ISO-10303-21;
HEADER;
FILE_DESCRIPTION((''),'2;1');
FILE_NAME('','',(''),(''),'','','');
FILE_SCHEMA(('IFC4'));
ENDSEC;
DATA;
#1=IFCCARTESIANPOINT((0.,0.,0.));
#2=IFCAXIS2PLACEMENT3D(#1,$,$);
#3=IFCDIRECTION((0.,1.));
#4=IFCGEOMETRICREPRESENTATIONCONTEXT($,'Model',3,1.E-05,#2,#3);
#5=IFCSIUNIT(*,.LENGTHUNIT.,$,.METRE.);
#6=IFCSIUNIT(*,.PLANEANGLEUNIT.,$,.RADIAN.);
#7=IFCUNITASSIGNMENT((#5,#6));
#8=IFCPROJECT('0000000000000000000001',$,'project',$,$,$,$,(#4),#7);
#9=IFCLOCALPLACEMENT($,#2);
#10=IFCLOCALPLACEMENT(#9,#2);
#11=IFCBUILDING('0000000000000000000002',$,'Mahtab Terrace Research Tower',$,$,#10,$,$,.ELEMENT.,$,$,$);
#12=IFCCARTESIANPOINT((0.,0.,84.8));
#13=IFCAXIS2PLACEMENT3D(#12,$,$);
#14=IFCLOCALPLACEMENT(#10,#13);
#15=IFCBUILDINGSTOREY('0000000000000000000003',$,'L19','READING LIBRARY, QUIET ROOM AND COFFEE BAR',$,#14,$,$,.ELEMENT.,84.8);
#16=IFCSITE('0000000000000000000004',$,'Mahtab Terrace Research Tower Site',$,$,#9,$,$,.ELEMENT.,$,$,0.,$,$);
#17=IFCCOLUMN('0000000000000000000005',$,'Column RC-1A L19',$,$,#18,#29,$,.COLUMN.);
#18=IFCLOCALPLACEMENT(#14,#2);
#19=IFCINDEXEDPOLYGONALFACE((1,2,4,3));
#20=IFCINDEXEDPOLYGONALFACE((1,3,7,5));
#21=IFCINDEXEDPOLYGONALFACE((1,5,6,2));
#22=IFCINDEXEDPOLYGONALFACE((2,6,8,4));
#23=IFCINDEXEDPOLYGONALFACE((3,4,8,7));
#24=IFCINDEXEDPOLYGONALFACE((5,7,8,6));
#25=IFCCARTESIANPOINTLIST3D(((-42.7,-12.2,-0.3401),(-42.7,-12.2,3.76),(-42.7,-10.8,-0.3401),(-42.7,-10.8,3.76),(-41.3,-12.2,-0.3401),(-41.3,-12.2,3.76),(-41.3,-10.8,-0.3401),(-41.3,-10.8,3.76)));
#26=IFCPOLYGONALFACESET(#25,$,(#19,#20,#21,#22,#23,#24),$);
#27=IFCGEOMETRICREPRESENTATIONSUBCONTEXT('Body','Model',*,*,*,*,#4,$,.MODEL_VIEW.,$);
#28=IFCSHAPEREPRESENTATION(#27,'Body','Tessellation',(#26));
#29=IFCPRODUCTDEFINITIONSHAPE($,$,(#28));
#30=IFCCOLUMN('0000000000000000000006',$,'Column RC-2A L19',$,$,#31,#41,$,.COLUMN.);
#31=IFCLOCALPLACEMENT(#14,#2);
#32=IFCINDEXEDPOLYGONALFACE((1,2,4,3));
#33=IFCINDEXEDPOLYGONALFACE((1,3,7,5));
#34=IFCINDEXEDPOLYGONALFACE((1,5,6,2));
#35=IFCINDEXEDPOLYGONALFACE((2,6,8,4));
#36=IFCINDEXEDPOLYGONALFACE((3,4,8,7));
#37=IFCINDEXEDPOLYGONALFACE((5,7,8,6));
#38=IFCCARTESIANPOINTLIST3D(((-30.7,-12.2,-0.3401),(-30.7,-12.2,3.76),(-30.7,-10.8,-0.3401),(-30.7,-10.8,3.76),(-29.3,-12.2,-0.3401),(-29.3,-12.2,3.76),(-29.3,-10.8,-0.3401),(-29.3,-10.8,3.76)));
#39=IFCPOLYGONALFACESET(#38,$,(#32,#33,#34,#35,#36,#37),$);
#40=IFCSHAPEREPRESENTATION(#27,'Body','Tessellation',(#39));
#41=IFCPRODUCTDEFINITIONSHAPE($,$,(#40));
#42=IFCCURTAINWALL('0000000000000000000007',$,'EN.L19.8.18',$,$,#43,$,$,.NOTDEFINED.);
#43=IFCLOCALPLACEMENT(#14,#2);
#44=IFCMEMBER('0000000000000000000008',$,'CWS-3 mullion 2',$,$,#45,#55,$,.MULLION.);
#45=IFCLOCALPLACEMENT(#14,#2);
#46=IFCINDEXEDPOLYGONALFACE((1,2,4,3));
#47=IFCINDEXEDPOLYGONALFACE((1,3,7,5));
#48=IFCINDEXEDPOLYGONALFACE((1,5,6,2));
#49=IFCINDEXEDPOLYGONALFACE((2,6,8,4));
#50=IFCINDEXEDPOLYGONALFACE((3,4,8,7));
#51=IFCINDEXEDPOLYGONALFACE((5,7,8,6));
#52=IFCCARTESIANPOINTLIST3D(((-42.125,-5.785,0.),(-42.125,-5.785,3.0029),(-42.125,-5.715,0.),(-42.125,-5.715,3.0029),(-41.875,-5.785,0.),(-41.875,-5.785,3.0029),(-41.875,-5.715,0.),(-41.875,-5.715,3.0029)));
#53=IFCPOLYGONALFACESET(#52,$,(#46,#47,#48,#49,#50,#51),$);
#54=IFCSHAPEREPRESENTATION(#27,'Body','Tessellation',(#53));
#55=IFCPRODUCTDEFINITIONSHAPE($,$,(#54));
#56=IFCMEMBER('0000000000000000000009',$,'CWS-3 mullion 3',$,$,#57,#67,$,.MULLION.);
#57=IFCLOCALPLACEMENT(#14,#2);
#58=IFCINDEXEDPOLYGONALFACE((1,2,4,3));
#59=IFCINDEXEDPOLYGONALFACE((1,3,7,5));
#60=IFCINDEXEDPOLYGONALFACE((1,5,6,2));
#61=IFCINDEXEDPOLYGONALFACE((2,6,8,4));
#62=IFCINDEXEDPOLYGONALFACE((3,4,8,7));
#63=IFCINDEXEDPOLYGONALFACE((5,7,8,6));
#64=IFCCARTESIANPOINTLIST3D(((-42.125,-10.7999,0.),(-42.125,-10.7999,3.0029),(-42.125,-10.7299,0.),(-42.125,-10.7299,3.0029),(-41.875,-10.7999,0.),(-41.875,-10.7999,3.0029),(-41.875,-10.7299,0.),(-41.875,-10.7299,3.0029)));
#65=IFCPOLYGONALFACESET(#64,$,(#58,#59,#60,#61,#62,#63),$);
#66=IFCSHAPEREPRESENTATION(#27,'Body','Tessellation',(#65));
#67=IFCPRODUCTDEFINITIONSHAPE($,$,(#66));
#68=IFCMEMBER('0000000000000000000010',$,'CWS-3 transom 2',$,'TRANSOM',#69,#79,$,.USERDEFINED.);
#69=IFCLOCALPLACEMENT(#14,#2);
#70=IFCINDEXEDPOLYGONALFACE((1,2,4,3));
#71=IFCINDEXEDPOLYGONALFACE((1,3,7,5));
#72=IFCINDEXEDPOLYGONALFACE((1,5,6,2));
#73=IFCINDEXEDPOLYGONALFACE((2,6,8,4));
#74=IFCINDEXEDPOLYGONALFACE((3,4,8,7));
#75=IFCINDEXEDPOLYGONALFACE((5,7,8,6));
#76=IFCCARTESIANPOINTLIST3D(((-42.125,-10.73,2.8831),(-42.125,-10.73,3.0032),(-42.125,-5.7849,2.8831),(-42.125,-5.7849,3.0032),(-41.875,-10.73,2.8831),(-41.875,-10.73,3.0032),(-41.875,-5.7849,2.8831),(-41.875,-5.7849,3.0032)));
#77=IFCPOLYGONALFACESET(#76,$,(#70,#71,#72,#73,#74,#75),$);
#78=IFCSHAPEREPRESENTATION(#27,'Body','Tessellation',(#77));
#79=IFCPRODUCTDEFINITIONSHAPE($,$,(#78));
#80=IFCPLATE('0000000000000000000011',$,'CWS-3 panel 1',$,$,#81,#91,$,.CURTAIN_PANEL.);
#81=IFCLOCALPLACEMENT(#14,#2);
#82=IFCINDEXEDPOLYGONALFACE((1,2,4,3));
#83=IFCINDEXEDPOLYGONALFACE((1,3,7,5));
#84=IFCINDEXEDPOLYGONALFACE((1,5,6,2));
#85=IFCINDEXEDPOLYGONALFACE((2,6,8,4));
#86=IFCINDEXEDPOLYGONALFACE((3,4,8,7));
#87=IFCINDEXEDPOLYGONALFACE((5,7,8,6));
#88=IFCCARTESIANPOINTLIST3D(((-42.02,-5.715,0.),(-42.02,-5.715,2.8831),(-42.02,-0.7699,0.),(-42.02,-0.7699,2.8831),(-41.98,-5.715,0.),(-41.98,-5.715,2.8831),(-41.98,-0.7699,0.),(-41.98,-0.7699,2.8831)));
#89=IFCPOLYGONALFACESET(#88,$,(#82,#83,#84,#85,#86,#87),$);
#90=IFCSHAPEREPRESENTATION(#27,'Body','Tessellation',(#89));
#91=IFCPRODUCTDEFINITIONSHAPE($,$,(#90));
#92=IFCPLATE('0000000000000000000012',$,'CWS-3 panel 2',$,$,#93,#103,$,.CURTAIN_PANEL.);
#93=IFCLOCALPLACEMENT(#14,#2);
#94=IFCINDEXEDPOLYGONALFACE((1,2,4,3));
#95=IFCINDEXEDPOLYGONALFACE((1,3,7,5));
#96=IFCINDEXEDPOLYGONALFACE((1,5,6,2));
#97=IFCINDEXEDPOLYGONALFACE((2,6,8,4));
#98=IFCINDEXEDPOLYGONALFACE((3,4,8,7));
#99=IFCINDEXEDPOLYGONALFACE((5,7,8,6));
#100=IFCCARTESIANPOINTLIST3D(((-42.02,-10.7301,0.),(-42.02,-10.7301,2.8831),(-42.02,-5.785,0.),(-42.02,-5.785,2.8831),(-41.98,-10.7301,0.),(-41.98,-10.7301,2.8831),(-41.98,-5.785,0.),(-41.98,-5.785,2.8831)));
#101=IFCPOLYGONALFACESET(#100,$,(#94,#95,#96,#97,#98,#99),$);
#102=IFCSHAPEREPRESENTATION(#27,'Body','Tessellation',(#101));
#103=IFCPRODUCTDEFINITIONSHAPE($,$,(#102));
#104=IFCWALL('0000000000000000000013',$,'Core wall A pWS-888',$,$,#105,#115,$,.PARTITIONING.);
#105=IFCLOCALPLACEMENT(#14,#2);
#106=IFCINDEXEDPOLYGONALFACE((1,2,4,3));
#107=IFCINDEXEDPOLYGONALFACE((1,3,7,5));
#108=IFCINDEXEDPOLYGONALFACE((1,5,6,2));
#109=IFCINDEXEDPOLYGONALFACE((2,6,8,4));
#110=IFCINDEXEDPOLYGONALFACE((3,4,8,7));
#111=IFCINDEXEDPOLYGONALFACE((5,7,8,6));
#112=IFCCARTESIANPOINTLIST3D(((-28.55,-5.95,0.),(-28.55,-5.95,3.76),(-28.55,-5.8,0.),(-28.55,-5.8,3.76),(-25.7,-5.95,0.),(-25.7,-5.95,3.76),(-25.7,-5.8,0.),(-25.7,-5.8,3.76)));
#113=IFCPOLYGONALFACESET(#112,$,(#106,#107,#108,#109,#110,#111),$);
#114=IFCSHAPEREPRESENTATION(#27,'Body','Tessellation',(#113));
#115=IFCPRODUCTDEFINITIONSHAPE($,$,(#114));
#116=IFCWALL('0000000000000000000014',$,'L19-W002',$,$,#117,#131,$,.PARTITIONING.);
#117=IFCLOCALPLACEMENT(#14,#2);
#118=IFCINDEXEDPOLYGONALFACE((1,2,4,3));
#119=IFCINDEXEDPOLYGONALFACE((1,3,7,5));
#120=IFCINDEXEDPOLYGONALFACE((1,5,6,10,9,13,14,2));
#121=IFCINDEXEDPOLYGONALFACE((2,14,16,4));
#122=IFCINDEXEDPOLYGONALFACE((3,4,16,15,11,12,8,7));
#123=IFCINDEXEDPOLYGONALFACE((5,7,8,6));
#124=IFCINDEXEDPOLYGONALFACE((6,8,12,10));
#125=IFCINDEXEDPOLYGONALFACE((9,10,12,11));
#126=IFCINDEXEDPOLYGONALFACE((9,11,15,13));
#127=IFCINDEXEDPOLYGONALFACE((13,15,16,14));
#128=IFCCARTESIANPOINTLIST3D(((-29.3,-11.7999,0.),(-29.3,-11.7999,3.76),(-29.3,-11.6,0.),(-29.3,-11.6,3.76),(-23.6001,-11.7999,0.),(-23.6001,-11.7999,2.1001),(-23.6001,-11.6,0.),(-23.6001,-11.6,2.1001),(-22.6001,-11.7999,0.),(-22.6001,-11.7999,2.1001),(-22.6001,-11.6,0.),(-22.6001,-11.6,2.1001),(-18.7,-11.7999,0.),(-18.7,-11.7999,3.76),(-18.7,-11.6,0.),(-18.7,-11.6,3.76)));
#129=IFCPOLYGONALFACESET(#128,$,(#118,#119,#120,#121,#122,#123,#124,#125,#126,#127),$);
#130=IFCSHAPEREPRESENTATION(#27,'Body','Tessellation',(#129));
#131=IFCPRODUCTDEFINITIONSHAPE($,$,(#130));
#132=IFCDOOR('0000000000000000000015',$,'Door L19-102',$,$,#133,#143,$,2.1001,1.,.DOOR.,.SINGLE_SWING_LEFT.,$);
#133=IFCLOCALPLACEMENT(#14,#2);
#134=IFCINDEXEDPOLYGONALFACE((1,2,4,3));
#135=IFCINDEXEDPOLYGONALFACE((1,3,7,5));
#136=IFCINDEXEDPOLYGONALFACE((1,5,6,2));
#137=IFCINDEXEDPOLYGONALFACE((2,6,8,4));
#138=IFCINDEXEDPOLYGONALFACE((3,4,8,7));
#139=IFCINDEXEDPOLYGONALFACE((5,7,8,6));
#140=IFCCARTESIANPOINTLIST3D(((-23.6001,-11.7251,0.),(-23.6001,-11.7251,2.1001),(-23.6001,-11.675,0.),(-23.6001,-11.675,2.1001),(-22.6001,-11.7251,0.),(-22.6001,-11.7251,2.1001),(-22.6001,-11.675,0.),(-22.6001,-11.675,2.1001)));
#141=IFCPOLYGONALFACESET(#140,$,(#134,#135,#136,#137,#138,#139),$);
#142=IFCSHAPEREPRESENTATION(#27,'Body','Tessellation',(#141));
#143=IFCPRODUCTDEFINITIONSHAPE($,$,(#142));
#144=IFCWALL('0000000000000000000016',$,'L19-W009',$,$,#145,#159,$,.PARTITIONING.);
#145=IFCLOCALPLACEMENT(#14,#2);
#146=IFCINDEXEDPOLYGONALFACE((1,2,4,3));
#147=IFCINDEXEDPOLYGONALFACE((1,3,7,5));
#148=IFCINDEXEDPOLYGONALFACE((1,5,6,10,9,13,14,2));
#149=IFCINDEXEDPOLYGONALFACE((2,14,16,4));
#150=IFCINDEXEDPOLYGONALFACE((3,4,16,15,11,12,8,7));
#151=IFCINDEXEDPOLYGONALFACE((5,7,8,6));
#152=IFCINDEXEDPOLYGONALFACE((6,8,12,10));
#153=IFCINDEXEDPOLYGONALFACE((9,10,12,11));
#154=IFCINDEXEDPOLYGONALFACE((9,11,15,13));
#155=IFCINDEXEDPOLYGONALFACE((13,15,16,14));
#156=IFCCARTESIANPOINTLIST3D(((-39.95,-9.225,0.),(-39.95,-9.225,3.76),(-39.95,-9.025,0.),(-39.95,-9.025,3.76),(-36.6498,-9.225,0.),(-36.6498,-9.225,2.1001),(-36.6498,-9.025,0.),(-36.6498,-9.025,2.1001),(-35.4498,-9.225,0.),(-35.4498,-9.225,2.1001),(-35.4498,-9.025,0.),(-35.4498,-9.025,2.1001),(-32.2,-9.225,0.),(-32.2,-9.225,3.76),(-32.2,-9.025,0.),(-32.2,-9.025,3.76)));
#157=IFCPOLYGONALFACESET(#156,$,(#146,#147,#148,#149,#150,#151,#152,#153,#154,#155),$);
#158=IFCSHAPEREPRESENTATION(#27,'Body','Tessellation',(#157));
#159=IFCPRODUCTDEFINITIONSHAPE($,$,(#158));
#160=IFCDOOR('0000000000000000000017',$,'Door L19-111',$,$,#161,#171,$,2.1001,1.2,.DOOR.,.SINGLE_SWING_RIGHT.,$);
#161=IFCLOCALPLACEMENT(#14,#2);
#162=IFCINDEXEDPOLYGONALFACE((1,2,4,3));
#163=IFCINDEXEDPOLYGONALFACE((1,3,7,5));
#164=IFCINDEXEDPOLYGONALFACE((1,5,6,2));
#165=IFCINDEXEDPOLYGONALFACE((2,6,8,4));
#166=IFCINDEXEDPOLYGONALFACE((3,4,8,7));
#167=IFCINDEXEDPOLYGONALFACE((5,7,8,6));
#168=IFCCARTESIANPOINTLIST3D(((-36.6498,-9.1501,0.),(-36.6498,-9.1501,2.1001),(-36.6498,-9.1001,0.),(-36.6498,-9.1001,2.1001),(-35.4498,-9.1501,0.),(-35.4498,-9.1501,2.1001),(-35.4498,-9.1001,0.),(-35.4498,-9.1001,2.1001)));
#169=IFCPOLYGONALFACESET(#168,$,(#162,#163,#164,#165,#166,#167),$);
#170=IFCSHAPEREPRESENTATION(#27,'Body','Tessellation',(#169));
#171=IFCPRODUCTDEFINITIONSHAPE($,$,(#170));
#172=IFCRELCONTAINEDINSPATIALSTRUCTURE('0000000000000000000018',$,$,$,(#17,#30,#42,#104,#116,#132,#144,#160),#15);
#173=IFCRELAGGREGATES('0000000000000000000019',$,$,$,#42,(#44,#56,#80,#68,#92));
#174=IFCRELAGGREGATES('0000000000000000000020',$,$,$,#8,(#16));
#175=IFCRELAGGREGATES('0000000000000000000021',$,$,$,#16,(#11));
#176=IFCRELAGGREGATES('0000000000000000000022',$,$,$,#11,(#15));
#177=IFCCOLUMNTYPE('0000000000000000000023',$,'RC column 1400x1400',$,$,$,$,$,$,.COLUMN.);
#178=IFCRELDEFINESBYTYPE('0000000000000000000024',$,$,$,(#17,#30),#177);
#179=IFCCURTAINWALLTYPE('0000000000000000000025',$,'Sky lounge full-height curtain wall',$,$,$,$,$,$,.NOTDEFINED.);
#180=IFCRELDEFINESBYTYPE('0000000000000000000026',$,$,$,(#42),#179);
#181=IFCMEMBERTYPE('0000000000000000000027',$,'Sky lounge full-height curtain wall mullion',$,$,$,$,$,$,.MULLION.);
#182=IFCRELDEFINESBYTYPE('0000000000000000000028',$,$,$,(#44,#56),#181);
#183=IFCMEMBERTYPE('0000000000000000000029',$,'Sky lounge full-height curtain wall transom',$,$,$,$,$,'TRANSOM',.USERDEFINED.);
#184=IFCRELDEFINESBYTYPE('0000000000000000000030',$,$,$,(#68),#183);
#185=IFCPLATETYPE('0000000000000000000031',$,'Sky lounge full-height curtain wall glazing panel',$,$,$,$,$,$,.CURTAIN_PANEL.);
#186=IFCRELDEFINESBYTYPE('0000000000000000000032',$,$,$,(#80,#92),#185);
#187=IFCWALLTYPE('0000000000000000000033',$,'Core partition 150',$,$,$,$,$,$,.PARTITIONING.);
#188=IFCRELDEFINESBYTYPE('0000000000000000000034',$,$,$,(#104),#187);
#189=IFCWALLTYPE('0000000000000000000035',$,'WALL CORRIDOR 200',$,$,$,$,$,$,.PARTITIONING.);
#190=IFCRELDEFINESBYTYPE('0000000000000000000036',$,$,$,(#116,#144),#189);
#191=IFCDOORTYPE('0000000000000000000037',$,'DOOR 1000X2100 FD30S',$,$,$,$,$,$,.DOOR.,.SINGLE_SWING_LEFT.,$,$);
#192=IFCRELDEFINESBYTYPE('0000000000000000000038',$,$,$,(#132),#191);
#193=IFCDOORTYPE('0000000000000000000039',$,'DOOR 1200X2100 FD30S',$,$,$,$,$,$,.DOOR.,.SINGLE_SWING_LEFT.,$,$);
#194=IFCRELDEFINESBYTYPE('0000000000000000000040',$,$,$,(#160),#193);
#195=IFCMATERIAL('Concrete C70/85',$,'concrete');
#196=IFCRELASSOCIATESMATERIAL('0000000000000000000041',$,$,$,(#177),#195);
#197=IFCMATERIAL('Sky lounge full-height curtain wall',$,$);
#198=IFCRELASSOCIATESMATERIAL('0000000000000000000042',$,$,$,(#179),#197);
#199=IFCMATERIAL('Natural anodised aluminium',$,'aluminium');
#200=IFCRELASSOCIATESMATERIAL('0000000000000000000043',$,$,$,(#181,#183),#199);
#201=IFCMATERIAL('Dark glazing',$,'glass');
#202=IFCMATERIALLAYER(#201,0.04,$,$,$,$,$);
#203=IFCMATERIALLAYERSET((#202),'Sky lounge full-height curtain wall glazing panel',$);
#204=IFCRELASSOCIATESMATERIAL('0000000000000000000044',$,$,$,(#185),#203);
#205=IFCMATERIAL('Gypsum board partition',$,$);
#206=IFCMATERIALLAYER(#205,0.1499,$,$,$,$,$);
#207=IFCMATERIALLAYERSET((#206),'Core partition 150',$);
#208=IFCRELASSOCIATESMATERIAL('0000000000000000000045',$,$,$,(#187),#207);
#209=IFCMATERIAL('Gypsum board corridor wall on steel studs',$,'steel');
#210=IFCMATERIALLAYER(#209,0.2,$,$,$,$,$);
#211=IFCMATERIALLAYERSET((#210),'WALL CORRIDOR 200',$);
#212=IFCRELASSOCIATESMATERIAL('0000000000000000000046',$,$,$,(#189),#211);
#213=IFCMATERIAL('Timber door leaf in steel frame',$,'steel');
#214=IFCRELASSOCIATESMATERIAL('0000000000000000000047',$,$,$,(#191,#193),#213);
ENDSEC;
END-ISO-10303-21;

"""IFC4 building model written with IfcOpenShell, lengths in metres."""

from ifc_helpers import new_model, si_unit, direction, frame, frame_2d, origin, origin_2d, place, context, subcontext, project, spatial, rectangle, extrude, material, layer, layer_set, material_profile, profile_set, type_object, element, fill, aggregate, save


model = new_model("IFC4")

# Units and contexts
model_context = context("Model", 3, precision=1e-05, world=origin(), true_north=direction((0.0, 1.0)))
body_context = subcontext(model_context, "Body", "Model", "MODEL_VIEW")
ifc_project = project(units=[si_unit("LENGTHUNIT", "METRE"), si_unit("PLANEANGLEUNIT", "RADIAN")], contexts=[model_context])

# Site, building, storey
site_placement = place(None, origin())
site = spatial("IfcSite", under=ifc_project, at=site_placement, Name="Mahtab Terrace Research Tower Site", CompositionType="ELEMENT", RefElevation=0.0)
building_placement = place(site_placement, origin())
building = spatial("IfcBuilding", under=site, at=building_placement, Name="Mahtab Terrace Research Tower", CompositionType="ELEMENT")
storey_placement = place(building_placement, frame((0.0, 0.0, 84.8)))
storey = spatial("IfcBuildingStorey", under=building, at=storey_placement, Name="L19", Description="READING LIBRARY, QUIET ROOM AND COFFEE BAR", CompositionType="ELEMENT", Elevation=84.8)

# Columns
ifc_material_1 = material(Name="Concrete C70/85", Category="concrete")
ifc_material_profile_1 = material_profile(ifc_material_1, rectangle(XDim=1.3999, YDim=1.3999, at=origin_2d()), Name="RC column 1400x1400")
ifc_profile_set_1 = profile_set([ifc_material_profile_1], Name="Concrete C70/85")
column_type = type_object("IfcColumnType", Name="RC column 1400x1400", PredefinedType="COLUMN", material=ifc_profile_set_1)
for number, where, z_axis, x_axis, name in (
    (1, (-42.0, -11.5, -0.3401), (0.0, 0.0, 1.0), (1.0, 0.0, 0.0), "Column RC-1A L19"),
    (2, (-30.0, -11.5, -0.3401), (0.0, 0.0, 1.0), (1.0, 0.0, 0.0), "Column RC-2A L19"),
):
    element("IfcColumn", number, at=place(storey_placement, frame(where, z_axis=z_axis, x_axis=x_axis)), inside=storey, type_object=column_type, Name=name, PredefinedType="COLUMN", context=body_context, shape_type="SweptSolid", body=[
        extrude(rectangle(XDim=1.3999, YDim=1.3999, at=origin_2d()), origin(), (0.0, 0.0, 1.0), 4.1001),
    ])

# Curtain wall, members, plates
ifc_material_2 = material(Name="Sky lounge full-height curtain wall")
curtain_wall_type = type_object("IfcCurtainWallType", Name="Sky lounge full-height curtain wall", PredefinedType="NOTDEFINED", material=ifc_material_2)
curtain_wall_placement = place(storey_placement, origin())
curtain_wall = element("IfcCurtainWall", 3, at=curtain_wall_placement, inside=storey, type_object=curtain_wall_type, Name="EN.L19.8.18", PredefinedType="NOTDEFINED")
ifc_material_3 = material(Name="Natural anodised aluminium", Category="aluminium")
ifc_material_profile_2 = material_profile(ifc_material_3, rectangle(XDim=0.25, YDim=0.0701, at=origin_2d()), Name="MULLION 70x250")
ifc_profile_set_2 = profile_set([ifc_material_profile_2], Name="Natural anodised aluminium")
member_type_1 = type_object("IfcMemberType", Name="Sky lounge full-height curtain wall mullion", PredefinedType="MULLION", material=ifc_profile_set_2)
member_1_placement = place(storey_placement, frame((-42.0, -5.75, 0.0), z_axis=(0.0, 0.0, 1.0), x_axis=(1.0, 0.0, 0.0)))
member_1 = element("IfcMember", 4, at=member_1_placement, type_object=member_type_1, Name="CWS-3 mullion 2", PredefinedType="MULLION", context=body_context, shape_type="SweptSolid", body=[
    extrude(rectangle(XDim=0.25, YDim=0.0701, at=origin_2d()), origin(), (0.0, 0.0, 1.0), 3.0029),
])
member_2_placement = place(storey_placement, frame((-42.0, -10.7649, 0.0), z_axis=(0.0, 0.0, 1.0), x_axis=(1.0, 0.0, 0.0)))
member_2 = element("IfcMember", 5, at=member_2_placement, type_object=member_type_1, Name="CWS-3 mullion 3", PredefinedType="MULLION", context=body_context, shape_type="SweptSolid", body=[
    extrude(rectangle(XDim=0.25, YDim=0.0701, at=origin_2d()), origin(), (0.0, 0.0, 1.0), 3.0029),
])
ifc_material_profile_3 = material_profile(ifc_material_3, rectangle(XDim=0.25, YDim=0.1201, at=origin_2d()), Name="TRANSOM 120x250")
ifc_profile_set_3 = profile_set([ifc_material_profile_3], Name="Natural anodised aluminium")
member_type_2 = type_object("IfcMemberType", Name="Sky lounge full-height curtain wall transom", ElementType="TRANSOM", PredefinedType="USERDEFINED", material=ifc_profile_set_3)
member_3_placement = place(storey_placement, frame((-42.0, -5.7849, 2.9431), z_axis=(0.0, -1.0, 0.0), x_axis=(1.0, 0.0, 0.0)))
member_3 = element("IfcMember", 6, at=member_3_placement, type_object=member_type_2, Name="CWS-3 transom 2", ObjectType="TRANSOM", PredefinedType="USERDEFINED", context=body_context, shape_type="SweptSolid", body=[
    extrude(rectangle(XDim=0.25, YDim=0.1201, at=origin_2d()), origin(), (0.0, 0.0, 1.0), 4.9451),
])
ifc_material_4 = material(Name="Dark glazing", Category="glass")
ifc_layer_1 = layer(ifc_material_4, 0.04)
ifc_layer_set_1 = layer_set([ifc_layer_1], Name="Sky lounge full-height curtain wall glazing panel")
plate_type = type_object("IfcPlateType", Name="Sky lounge full-height curtain wall glazing panel", PredefinedType="CURTAIN_PANEL", material=ifc_layer_set_1)
plate_1_placement = place(storey_placement, frame((-42.0, -3.2424, 0.0), z_axis=(0.0, 0.0, 1.0), x_axis=(0.0, -1.0, 0.0)))
plate_1 = element("IfcPlate", 7, at=plate_1_placement, type_object=plate_type, Name="CWS-3 panel 1", PredefinedType="CURTAIN_PANEL", context=body_context, shape_type="SweptSolid", body=[
    extrude(rectangle(XDim=4.9451, YDim=0.04, at=origin_2d()), origin(), (0.0, 0.0, 1.0), 2.8831),
])
plate_2_placement = place(storey_placement, frame((-42.0, -8.2576, 0.0), z_axis=(0.0, 0.0, 1.0), x_axis=(0.0, -1.0, 0.0)))
plate_2 = element("IfcPlate", 8, at=plate_2_placement, type_object=plate_type, Name="CWS-3 panel 2", PredefinedType="CURTAIN_PANEL", context=body_context, shape_type="SweptSolid", body=[
    extrude(rectangle(XDim=4.9451, YDim=0.04, at=origin_2d()), origin(), (0.0, 0.0, 1.0), 2.8831),
])
aggregate(curtain_wall, [member_1, member_2, plate_1, member_3, plate_2])

# Wall
ifc_material_5 = material(Name="Gypsum board partition")
ifc_layer_2 = layer(ifc_material_5, 0.1499)
ifc_layer_set_2 = layer_set([ifc_layer_2], Name="Core partition 150")
wall_type_1 = type_object("IfcWallType", Name="Core partition 150", PredefinedType="PARTITIONING", material=ifc_layer_set_2)
wall_1_placement = place(storey_placement, frame((-28.55, -5.875, 0.0), z_axis=(0.0, 0.0, 1.0), x_axis=(1.0, 0.0, 0.0)))
element("IfcWall", 9, at=wall_1_placement, inside=storey, type_object=wall_type_1, Name="Core wall A pWS-888", PredefinedType="PARTITIONING", context=body_context, shape_type="SweptSolid", body=[
    extrude(rectangle(XDim=2.8501, YDim=0.1499, at=frame_2d((1.425, 0.0))), origin(), (0.0, 0.0, 1.0), 3.76),
])

# Walls, openings, doors
ifc_material_6 = material(Name="Gypsum board corridor wall on steel studs", Category="steel")
ifc_layer_3 = layer(ifc_material_6, 0.2)
ifc_layer_set_3 = layer_set([ifc_layer_3], Name="WALL CORRIDOR 200")
wall_type_2 = type_object("IfcWallType", Name="WALL CORRIDOR 200", PredefinedType="PARTITIONING", material=ifc_layer_set_3)
wall_2_placement = place(storey_placement, frame((-29.3, -11.7, 0.0), z_axis=(0.0, 0.0, 1.0), x_axis=(1.0, 0.0, 0.0)))
wall_2 = element("IfcWall", 10, at=wall_2_placement, inside=storey, type_object=wall_type_2, Name="L19-W002", PredefinedType="PARTITIONING", context=body_context, shape_type="SweptSolid", body=[
    extrude(rectangle(XDim=10.6001, YDim=0.2, at=frame_2d((5.3, 0.0))), origin(), (0.0, 0.0, 1.0), 3.76),
])
opening_1_placement = place(wall_2_placement, frame((5.7, 0.0, 0.0)))
opening_1 = element("IfcOpeningElement", 11, at=opening_1_placement, cuts=wall_2, PredefinedType="OPENING", context=body_context, shape_type="SweptSolid", body=[
    extrude(rectangle(XDim=1.0, YDim=2.1001, at=frame_2d((0.5, 1.05))), frame((0.0, 0.1099, 0.0), z_axis=(0.0, -1.0, 0.0), x_axis=(1.0, 0.0, 0.0)), (0.0, 0.0, 1.0), 0.22),
])
ifc_material_7 = material(Name="Timber door leaf in steel frame", Category="steel")
door_type_1 = type_object("IfcDoorType", Name="DOOR 1000X2100 FD30S", OperationType="SINGLE_SWING_LEFT", PredefinedType="DOOR", material=ifc_material_7)
door_1_placement = place(opening_1_placement, origin())
door_1 = element("IfcDoor", 12, at=door_1_placement, inside=storey, type_object=door_type_1, Name="Door L19-102", OperationType="SINGLE_SWING_LEFT", OverallHeight=2.1001, OverallWidth=1.0, PredefinedType="DOOR", context=body_context, shape_type="SweptSolid", body=[
    extrude(rectangle(XDim=1.0, YDim=2.1001, at=frame_2d((0.5, 1.05))), frame((0.0, 0.0249, 0.0), z_axis=(0.0, -1.0, 0.0), x_axis=(1.0, 0.0, 0.0)), (0.0, 0.0, 1.0), 0.05),
])
fill(opening_1, door_1)
wall_3_placement = place(storey_placement, frame((-39.95, -9.125, 0.0), z_axis=(0.0, 0.0, 1.0), x_axis=(1.0, 0.0, 0.0)))
wall_3 = element("IfcWall", 13, at=wall_3_placement, inside=storey, type_object=wall_type_2, Name="L19-W009", PredefinedType="PARTITIONING", context=body_context, shape_type="SweptSolid", body=[
    extrude(rectangle(XDim=7.75, YDim=0.2, at=frame_2d((3.875, 0.0))), origin(), (0.0, 0.0, 1.0), 3.76),
])
opening_2_placement = place(wall_3_placement, frame((3.3, 0.0, 0.0)))
opening_2 = element("IfcOpeningElement", 14, at=opening_2_placement, cuts=wall_3, PredefinedType="OPENING", context=body_context, shape_type="SweptSolid", body=[
    extrude(rectangle(XDim=1.2, YDim=2.1001, at=frame_2d((0.6001, 1.05))), frame((0.0, 0.1099, 0.0), z_axis=(0.0, -1.0, 0.0), x_axis=(1.0, 0.0, 0.0)), (0.0, 0.0, 1.0), 0.22),
])
door_type_2 = type_object("IfcDoorType", Name="DOOR 1200X2100 FD30S", OperationType="SINGLE_SWING_LEFT", PredefinedType="DOOR", material=ifc_material_7)
door_2_placement = place(opening_2_placement, origin())
door_2 = element("IfcDoor", 15, at=door_2_placement, inside=storey, type_object=door_type_2, Name="Door L19-111", OperationType="SINGLE_SWING_RIGHT", OverallHeight=2.1001, OverallWidth=1.2, PredefinedType="DOOR", context=body_context, shape_type="SweptSolid", body=[
    extrude(rectangle(XDim=1.2, YDim=2.1001, at=frame_2d((0.6001, 1.05))), frame((0.0, 0.0249, 0.0), z_axis=(0.0, -1.0, 0.0), x_axis=(1.0, 0.0, 0.0)), (0.0, 0.0, 1.0), 0.05),
])
fill(opening_2, door_2)

save(model, "model.ifc")
